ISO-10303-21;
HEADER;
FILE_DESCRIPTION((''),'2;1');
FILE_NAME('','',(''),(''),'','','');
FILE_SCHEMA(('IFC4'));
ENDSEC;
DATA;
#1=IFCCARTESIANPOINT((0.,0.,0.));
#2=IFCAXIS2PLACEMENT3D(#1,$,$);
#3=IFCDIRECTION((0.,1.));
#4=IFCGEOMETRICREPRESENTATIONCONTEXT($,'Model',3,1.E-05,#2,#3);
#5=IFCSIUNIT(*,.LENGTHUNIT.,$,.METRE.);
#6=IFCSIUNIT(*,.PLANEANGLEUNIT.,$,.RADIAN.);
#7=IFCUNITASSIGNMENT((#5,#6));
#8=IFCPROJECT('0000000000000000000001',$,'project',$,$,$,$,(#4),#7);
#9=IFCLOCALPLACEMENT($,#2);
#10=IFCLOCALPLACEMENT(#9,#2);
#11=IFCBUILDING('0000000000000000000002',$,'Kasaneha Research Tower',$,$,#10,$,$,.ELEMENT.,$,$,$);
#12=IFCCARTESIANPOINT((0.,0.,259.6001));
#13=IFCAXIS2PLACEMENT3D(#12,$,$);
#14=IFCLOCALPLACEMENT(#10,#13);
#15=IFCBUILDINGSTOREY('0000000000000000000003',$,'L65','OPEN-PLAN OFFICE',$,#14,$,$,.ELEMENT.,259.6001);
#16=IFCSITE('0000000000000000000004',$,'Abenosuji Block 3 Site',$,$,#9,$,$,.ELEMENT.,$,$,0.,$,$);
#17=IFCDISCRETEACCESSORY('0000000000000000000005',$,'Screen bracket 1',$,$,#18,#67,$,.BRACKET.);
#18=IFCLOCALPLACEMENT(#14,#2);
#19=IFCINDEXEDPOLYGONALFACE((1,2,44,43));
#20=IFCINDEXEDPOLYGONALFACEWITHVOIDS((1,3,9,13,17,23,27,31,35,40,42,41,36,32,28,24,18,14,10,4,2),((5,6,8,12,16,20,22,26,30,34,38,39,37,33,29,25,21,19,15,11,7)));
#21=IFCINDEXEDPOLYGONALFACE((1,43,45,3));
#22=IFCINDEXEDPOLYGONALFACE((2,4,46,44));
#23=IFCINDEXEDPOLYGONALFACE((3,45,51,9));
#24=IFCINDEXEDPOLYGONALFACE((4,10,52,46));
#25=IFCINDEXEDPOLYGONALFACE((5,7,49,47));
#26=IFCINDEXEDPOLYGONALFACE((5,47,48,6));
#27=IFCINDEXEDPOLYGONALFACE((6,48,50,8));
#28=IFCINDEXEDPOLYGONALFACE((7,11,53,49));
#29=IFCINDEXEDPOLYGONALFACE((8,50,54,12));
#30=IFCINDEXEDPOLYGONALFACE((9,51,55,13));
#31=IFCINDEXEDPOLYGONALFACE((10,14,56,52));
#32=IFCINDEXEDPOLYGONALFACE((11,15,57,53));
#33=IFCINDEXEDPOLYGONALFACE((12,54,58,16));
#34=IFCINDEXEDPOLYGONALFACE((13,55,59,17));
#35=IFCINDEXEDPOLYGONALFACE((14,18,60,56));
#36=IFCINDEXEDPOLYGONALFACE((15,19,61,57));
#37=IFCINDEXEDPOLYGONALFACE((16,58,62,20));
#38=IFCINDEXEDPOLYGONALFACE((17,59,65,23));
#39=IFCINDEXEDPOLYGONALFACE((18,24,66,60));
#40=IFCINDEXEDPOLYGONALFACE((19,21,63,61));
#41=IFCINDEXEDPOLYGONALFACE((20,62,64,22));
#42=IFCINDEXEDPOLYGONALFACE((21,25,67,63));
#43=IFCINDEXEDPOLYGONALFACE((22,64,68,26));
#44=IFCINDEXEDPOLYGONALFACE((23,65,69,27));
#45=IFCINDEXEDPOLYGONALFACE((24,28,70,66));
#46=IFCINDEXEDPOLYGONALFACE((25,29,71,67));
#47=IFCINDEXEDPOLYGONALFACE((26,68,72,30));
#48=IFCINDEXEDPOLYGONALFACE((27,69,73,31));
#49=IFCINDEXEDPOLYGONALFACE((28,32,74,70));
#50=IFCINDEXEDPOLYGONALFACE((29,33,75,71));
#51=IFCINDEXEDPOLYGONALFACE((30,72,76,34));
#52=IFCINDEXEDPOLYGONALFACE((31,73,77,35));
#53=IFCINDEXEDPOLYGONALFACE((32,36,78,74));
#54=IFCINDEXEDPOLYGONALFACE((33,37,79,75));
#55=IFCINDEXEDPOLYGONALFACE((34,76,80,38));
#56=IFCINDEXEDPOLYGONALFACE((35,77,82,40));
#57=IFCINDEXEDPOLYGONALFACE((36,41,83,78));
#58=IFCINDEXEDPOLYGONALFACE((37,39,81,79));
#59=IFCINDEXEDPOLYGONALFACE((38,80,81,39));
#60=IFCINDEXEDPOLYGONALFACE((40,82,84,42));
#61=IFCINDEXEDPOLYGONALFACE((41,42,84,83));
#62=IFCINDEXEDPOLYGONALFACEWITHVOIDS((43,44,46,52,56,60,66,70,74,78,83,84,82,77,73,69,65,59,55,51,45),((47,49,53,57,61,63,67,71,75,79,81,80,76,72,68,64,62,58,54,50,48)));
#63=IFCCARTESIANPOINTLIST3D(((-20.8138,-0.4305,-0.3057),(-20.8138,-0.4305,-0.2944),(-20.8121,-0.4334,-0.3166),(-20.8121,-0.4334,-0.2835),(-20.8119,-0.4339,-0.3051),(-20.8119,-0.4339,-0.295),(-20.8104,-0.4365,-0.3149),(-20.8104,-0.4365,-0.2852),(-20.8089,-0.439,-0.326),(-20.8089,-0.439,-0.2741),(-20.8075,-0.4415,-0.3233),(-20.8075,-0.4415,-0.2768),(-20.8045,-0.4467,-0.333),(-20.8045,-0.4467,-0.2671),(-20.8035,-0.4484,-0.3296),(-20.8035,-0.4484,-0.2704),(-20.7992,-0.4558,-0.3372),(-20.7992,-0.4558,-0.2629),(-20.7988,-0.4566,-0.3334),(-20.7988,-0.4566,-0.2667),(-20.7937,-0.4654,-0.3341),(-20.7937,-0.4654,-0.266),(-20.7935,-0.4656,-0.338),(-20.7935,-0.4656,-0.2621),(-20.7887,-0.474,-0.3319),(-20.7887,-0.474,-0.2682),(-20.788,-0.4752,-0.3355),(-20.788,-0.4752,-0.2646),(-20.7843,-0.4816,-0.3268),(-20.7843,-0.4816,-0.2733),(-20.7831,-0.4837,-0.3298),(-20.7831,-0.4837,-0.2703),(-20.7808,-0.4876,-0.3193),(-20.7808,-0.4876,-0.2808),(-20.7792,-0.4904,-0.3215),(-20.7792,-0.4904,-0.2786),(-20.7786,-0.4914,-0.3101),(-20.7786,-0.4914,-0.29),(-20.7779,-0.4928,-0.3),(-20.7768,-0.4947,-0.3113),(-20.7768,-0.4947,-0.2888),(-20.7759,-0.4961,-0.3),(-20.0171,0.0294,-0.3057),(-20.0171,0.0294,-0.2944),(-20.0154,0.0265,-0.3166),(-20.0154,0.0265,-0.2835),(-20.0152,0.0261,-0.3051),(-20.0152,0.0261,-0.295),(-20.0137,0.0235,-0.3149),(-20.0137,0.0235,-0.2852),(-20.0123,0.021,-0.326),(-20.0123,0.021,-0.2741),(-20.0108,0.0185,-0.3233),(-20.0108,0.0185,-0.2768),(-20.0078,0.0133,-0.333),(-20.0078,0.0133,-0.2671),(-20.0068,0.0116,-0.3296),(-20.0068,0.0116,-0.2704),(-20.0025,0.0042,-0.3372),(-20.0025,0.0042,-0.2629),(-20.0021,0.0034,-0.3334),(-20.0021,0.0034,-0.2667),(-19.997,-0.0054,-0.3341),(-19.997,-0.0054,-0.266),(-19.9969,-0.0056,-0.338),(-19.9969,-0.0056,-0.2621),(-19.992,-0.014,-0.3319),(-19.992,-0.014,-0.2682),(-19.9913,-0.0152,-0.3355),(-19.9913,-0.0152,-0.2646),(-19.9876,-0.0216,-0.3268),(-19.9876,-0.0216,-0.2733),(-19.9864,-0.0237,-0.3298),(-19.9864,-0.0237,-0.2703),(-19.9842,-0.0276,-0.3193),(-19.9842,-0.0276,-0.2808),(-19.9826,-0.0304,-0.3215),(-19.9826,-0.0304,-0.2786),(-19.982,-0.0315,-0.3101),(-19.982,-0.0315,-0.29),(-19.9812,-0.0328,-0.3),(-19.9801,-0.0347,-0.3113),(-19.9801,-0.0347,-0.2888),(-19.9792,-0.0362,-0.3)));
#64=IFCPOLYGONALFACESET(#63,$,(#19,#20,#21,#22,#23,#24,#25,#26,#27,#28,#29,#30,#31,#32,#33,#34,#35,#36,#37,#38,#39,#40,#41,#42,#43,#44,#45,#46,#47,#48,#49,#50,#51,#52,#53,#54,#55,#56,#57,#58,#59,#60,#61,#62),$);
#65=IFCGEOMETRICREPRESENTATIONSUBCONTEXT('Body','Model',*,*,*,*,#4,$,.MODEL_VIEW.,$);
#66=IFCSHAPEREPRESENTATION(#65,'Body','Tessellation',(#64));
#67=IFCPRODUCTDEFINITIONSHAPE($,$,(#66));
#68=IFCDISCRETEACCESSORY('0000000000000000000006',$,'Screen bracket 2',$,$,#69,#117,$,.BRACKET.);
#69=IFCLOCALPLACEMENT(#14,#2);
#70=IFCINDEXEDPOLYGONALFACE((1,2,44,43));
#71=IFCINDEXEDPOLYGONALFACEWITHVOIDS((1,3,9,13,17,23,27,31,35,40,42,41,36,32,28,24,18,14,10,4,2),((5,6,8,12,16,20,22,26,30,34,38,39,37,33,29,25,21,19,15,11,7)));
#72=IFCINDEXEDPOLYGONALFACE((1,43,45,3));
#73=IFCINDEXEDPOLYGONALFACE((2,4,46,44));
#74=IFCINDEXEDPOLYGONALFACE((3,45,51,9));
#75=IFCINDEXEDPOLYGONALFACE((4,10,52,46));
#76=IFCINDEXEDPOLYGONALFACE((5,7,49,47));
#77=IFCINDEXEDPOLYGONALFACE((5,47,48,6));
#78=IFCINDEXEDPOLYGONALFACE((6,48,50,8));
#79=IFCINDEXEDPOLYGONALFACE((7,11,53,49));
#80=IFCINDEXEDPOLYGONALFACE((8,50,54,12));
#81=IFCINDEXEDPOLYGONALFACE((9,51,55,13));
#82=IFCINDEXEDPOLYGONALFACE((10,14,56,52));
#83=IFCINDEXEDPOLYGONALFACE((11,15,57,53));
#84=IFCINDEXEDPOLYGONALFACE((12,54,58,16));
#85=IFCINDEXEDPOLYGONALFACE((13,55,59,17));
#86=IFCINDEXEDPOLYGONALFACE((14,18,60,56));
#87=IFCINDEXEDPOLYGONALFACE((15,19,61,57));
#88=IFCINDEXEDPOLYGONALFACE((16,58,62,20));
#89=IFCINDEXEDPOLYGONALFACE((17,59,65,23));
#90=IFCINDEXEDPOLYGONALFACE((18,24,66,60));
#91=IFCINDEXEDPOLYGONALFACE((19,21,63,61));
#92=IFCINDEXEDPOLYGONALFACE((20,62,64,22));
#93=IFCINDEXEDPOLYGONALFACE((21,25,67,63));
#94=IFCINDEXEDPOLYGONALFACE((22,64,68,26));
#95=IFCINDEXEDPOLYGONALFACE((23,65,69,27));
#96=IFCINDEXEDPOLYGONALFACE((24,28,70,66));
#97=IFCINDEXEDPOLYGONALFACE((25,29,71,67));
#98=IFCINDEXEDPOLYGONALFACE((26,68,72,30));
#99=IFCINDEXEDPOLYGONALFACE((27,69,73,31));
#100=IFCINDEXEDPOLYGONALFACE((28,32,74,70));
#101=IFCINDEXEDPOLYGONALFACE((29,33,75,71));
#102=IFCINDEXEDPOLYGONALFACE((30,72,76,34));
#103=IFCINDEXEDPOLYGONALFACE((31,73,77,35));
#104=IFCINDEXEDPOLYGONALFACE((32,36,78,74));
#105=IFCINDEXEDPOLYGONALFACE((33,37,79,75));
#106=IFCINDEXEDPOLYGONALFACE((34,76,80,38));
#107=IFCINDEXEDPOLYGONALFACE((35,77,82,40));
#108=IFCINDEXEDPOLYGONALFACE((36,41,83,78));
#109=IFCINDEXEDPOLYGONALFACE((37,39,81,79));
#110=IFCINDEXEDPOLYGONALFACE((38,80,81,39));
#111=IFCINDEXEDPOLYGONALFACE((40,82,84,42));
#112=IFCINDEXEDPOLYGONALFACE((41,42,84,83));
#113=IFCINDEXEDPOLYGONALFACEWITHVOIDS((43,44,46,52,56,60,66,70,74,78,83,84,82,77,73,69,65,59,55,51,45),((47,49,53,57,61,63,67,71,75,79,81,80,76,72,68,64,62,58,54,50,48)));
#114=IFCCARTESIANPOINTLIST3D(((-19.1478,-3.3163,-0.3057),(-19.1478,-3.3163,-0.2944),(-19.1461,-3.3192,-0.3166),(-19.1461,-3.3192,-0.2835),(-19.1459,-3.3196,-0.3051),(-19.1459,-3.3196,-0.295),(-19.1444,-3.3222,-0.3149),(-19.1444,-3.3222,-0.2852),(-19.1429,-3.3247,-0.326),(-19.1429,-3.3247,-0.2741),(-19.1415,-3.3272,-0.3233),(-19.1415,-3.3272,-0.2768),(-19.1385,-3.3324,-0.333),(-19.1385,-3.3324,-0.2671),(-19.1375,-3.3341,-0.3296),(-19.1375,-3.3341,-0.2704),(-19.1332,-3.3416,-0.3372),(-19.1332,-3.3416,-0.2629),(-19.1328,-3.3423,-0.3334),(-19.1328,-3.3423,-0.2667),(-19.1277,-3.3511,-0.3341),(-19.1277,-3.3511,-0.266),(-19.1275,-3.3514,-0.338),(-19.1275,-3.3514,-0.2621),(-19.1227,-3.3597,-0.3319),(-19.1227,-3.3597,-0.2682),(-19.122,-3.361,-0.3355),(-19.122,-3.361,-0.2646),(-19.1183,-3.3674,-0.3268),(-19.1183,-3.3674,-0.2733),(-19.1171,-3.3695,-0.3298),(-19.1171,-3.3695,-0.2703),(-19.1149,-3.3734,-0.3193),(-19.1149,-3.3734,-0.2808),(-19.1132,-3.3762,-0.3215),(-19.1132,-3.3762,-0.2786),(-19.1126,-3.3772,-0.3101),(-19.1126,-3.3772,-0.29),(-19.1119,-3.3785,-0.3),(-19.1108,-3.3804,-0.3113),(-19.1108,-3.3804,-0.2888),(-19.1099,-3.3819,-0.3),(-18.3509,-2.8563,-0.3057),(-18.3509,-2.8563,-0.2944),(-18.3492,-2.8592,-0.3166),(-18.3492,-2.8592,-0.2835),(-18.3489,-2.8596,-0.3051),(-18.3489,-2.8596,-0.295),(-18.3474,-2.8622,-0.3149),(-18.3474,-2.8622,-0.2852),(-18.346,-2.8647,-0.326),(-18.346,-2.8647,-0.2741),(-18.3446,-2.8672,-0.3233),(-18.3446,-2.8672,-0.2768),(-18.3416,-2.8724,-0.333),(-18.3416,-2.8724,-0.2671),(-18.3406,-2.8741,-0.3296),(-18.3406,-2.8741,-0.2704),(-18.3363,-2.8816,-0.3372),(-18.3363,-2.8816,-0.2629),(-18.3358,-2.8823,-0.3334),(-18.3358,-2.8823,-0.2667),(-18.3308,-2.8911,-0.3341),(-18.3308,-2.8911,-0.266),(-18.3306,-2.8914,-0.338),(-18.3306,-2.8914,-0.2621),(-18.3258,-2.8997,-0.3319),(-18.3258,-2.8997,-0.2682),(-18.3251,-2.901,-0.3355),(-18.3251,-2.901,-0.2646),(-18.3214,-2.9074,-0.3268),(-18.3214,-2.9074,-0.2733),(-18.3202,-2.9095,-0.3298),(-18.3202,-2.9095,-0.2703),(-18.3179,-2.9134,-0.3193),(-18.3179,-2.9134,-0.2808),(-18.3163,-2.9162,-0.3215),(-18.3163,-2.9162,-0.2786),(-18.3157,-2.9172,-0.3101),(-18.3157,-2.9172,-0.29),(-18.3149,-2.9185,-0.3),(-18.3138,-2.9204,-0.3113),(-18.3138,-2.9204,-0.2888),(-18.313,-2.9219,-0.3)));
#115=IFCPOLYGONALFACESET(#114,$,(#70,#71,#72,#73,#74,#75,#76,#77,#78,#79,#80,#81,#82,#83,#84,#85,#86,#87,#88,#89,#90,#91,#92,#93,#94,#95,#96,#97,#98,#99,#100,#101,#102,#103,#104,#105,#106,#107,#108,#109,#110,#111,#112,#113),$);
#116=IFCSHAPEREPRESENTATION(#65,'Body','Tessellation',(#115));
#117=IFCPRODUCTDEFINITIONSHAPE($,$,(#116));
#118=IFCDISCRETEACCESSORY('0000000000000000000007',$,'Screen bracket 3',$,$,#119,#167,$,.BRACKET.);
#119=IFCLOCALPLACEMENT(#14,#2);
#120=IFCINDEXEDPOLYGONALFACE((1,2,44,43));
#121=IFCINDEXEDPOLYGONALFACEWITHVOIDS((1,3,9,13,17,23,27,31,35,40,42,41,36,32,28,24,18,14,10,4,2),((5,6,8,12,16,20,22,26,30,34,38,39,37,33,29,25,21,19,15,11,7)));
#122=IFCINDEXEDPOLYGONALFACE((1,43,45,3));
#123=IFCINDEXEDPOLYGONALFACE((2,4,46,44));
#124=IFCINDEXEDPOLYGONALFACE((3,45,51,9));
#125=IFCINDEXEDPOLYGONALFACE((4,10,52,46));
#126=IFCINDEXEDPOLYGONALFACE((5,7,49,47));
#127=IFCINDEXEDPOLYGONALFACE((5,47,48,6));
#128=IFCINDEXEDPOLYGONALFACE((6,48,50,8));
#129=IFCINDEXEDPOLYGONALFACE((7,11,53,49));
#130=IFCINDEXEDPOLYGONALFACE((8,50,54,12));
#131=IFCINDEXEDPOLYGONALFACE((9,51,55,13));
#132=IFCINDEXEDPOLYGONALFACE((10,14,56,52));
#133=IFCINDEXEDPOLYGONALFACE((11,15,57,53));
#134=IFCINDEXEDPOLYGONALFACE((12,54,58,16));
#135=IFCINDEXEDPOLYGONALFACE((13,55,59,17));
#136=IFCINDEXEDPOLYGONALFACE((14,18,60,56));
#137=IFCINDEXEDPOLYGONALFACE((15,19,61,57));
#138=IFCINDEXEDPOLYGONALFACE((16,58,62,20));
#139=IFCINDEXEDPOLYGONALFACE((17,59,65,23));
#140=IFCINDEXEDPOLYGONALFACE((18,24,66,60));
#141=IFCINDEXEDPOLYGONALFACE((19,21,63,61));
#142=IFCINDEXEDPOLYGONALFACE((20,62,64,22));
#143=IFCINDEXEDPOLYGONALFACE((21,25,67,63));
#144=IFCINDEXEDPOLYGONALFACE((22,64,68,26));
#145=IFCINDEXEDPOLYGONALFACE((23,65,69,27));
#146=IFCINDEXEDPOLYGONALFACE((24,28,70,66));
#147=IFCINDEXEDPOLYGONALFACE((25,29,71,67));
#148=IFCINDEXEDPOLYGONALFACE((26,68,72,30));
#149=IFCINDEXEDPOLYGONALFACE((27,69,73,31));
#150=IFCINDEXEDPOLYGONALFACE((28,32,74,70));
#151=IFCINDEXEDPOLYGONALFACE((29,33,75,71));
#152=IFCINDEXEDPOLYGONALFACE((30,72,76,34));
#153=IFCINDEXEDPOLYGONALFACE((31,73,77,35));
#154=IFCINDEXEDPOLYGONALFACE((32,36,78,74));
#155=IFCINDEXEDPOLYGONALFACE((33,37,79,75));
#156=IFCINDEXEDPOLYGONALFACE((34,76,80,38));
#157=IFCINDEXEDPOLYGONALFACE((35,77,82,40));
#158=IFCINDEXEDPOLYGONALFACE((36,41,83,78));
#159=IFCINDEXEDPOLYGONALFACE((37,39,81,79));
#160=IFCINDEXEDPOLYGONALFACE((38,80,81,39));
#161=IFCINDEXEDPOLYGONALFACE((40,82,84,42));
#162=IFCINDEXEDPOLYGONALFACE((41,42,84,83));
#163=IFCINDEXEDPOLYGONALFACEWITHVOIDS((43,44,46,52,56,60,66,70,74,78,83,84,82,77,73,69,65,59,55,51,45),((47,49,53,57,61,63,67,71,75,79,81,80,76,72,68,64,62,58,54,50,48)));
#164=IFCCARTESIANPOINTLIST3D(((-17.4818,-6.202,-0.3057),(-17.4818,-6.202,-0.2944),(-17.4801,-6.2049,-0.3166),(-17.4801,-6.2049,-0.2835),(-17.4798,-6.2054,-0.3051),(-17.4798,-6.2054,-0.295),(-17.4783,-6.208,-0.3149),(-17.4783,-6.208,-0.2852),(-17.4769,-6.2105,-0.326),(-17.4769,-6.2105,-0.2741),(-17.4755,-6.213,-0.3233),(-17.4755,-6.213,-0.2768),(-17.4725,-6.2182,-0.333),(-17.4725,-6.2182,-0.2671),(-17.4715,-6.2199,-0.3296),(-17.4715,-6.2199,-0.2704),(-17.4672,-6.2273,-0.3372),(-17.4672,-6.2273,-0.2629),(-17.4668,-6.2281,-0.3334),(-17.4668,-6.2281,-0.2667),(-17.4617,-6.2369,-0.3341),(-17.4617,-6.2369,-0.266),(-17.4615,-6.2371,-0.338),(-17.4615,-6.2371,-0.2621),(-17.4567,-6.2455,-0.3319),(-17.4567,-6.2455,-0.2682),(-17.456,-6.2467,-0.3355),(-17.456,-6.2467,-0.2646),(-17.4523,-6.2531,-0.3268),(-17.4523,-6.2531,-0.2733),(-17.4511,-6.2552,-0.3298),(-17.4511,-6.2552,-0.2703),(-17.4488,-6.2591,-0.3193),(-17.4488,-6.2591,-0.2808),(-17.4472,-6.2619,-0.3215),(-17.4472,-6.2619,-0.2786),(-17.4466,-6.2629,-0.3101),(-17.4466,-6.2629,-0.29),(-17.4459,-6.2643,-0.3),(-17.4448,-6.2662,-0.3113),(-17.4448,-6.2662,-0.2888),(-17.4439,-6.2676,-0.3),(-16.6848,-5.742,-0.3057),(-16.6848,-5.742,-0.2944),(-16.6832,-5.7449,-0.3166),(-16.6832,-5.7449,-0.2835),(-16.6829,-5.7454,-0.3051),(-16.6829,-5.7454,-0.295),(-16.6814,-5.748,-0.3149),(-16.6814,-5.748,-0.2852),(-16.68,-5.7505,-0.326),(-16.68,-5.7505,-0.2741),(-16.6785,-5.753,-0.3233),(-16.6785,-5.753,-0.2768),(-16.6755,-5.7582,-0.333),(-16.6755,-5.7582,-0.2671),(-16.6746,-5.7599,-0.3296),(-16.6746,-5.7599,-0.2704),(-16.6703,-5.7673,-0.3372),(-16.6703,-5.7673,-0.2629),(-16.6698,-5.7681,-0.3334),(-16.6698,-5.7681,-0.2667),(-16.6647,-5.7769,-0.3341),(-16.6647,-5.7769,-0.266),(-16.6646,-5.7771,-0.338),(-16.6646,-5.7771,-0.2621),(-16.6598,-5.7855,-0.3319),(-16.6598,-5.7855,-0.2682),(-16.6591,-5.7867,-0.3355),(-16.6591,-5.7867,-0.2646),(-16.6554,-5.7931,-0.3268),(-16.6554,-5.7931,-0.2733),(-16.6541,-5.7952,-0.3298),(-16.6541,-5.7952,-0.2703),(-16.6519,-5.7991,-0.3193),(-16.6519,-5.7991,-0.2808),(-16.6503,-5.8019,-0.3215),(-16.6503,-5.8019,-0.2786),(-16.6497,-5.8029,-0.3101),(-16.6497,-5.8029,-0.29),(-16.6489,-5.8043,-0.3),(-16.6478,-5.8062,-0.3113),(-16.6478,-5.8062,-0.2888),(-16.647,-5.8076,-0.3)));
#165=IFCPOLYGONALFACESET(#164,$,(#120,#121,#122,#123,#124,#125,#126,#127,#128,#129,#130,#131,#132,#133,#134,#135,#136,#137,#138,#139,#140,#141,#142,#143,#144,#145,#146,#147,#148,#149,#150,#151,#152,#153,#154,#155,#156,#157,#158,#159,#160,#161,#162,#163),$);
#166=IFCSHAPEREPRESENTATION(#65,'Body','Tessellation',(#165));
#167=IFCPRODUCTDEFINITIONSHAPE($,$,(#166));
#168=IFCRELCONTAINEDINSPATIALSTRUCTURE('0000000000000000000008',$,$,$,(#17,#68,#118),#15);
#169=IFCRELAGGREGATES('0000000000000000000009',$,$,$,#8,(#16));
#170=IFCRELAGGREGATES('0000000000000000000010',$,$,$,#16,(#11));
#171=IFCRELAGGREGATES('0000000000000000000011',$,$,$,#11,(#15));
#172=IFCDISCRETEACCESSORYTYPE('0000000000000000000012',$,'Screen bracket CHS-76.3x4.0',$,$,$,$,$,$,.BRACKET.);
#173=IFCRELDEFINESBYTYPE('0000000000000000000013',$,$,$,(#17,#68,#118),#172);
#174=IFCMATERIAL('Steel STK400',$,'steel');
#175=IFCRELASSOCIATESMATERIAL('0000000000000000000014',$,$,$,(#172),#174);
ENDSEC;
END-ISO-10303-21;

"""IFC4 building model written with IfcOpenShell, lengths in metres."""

from ifc_helpers import new_model, si_unit, direction, frame, origin, origin_2d, place, context, subcontext, project, spatial, hollow_circle, extrude, material, material_profile, profile_set, type_object, element, save


model = new_model("IFC4")

# Units and contexts
model_context = context("Model", 3, precision=1e-05, world=origin(), true_north=direction((0.0, 1.0)))
body_context = subcontext(model_context, "Body", "Model", "MODEL_VIEW")
ifc_project = project(units=[si_unit("LENGTHUNIT", "METRE"), si_unit("PLANEANGLEUNIT", "RADIAN")], contexts=[model_context])

# Site, building, storey
site_placement = place(None, origin())
site = spatial("IfcSite", under=ifc_project, at=site_placement, Name="Abenosuji Block 3 Site", CompositionType="ELEMENT", RefElevation=0.0)
building_placement = place(site_placement, origin())
building = spatial("IfcBuilding", under=site, at=building_placement, Name="Kasaneha Research Tower", CompositionType="ELEMENT")
storey_placement = place(building_placement, frame((0.0, 0.0, 259.6001)))
storey = spatial("IfcBuildingStorey", under=building, at=storey_placement, Name="L65", Description="OPEN-PLAN OFFICE", CompositionType="ELEMENT", Elevation=259.6001)

# Discrete accessories
ifc_material_1 = material(Name="Steel STK400", Category="steel")
ifc_material_profile_1 = material_profile(ifc_material_1, hollow_circle(Radius=0.0381, WallThickness=0.0039, at=origin_2d()), Name="CHS-76.3x4.0")
ifc_profile_set_1 = profile_set([ifc_material_profile_1], Name="Steel STK400")
discrete_accessory_type = type_object("IfcDiscreteAccessoryType", Name="Screen bracket CHS-76.3x4.0", PredefinedType="BRACKET", material=ifc_profile_set_1)
discrete_accessory_placement = place(storey_placement, frame((-19.9983, -0.0032, -0.3), z_axis=(-0.866013, -0.500021, 0.0), x_axis=(0.500021, -0.866013, 0.0)))
element("IfcDiscreteAccessory", 1, at=discrete_accessory_placement, inside=storey, type_object=discrete_accessory_type, Name="Screen bracket 1", PredefinedType="BRACKET", context=body_context, shape_type="SweptSolid", body=[
    extrude(hollow_circle(Radius=0.0381, WallThickness=0.0039, at=origin_2d()), origin(), (0.0, 0.0, 1.0), 0.9199),
])
for number, where, z_axis, x_axis, name in (
    (2, (-18.332, -2.8889, -0.3), (-0.86608, -0.499906, 0.0), (0.499906, -0.86608, 0.0), "Screen bracket 2"),
    (3, (-16.666, -5.7747, -0.3), (-0.86608, -0.499906, 0.0), (0.499906, -0.86608, 0.0), "Screen bracket 3"),
):
    element("IfcDiscreteAccessory", number, at=place(storey_placement, frame(where, z_axis=z_axis, x_axis=x_axis)), inside=storey, type_object=discrete_accessory_type, Name=name, PredefinedType="BRACKET", context=body_context, shape_type="SweptSolid", body=[
        extrude(hollow_circle(Radius=0.0381, WallThickness=0.0039, at=origin_2d()), origin(), (0.0, 0.0, 1.0), 0.9202),
    ])

save(model, "model.ifc")
